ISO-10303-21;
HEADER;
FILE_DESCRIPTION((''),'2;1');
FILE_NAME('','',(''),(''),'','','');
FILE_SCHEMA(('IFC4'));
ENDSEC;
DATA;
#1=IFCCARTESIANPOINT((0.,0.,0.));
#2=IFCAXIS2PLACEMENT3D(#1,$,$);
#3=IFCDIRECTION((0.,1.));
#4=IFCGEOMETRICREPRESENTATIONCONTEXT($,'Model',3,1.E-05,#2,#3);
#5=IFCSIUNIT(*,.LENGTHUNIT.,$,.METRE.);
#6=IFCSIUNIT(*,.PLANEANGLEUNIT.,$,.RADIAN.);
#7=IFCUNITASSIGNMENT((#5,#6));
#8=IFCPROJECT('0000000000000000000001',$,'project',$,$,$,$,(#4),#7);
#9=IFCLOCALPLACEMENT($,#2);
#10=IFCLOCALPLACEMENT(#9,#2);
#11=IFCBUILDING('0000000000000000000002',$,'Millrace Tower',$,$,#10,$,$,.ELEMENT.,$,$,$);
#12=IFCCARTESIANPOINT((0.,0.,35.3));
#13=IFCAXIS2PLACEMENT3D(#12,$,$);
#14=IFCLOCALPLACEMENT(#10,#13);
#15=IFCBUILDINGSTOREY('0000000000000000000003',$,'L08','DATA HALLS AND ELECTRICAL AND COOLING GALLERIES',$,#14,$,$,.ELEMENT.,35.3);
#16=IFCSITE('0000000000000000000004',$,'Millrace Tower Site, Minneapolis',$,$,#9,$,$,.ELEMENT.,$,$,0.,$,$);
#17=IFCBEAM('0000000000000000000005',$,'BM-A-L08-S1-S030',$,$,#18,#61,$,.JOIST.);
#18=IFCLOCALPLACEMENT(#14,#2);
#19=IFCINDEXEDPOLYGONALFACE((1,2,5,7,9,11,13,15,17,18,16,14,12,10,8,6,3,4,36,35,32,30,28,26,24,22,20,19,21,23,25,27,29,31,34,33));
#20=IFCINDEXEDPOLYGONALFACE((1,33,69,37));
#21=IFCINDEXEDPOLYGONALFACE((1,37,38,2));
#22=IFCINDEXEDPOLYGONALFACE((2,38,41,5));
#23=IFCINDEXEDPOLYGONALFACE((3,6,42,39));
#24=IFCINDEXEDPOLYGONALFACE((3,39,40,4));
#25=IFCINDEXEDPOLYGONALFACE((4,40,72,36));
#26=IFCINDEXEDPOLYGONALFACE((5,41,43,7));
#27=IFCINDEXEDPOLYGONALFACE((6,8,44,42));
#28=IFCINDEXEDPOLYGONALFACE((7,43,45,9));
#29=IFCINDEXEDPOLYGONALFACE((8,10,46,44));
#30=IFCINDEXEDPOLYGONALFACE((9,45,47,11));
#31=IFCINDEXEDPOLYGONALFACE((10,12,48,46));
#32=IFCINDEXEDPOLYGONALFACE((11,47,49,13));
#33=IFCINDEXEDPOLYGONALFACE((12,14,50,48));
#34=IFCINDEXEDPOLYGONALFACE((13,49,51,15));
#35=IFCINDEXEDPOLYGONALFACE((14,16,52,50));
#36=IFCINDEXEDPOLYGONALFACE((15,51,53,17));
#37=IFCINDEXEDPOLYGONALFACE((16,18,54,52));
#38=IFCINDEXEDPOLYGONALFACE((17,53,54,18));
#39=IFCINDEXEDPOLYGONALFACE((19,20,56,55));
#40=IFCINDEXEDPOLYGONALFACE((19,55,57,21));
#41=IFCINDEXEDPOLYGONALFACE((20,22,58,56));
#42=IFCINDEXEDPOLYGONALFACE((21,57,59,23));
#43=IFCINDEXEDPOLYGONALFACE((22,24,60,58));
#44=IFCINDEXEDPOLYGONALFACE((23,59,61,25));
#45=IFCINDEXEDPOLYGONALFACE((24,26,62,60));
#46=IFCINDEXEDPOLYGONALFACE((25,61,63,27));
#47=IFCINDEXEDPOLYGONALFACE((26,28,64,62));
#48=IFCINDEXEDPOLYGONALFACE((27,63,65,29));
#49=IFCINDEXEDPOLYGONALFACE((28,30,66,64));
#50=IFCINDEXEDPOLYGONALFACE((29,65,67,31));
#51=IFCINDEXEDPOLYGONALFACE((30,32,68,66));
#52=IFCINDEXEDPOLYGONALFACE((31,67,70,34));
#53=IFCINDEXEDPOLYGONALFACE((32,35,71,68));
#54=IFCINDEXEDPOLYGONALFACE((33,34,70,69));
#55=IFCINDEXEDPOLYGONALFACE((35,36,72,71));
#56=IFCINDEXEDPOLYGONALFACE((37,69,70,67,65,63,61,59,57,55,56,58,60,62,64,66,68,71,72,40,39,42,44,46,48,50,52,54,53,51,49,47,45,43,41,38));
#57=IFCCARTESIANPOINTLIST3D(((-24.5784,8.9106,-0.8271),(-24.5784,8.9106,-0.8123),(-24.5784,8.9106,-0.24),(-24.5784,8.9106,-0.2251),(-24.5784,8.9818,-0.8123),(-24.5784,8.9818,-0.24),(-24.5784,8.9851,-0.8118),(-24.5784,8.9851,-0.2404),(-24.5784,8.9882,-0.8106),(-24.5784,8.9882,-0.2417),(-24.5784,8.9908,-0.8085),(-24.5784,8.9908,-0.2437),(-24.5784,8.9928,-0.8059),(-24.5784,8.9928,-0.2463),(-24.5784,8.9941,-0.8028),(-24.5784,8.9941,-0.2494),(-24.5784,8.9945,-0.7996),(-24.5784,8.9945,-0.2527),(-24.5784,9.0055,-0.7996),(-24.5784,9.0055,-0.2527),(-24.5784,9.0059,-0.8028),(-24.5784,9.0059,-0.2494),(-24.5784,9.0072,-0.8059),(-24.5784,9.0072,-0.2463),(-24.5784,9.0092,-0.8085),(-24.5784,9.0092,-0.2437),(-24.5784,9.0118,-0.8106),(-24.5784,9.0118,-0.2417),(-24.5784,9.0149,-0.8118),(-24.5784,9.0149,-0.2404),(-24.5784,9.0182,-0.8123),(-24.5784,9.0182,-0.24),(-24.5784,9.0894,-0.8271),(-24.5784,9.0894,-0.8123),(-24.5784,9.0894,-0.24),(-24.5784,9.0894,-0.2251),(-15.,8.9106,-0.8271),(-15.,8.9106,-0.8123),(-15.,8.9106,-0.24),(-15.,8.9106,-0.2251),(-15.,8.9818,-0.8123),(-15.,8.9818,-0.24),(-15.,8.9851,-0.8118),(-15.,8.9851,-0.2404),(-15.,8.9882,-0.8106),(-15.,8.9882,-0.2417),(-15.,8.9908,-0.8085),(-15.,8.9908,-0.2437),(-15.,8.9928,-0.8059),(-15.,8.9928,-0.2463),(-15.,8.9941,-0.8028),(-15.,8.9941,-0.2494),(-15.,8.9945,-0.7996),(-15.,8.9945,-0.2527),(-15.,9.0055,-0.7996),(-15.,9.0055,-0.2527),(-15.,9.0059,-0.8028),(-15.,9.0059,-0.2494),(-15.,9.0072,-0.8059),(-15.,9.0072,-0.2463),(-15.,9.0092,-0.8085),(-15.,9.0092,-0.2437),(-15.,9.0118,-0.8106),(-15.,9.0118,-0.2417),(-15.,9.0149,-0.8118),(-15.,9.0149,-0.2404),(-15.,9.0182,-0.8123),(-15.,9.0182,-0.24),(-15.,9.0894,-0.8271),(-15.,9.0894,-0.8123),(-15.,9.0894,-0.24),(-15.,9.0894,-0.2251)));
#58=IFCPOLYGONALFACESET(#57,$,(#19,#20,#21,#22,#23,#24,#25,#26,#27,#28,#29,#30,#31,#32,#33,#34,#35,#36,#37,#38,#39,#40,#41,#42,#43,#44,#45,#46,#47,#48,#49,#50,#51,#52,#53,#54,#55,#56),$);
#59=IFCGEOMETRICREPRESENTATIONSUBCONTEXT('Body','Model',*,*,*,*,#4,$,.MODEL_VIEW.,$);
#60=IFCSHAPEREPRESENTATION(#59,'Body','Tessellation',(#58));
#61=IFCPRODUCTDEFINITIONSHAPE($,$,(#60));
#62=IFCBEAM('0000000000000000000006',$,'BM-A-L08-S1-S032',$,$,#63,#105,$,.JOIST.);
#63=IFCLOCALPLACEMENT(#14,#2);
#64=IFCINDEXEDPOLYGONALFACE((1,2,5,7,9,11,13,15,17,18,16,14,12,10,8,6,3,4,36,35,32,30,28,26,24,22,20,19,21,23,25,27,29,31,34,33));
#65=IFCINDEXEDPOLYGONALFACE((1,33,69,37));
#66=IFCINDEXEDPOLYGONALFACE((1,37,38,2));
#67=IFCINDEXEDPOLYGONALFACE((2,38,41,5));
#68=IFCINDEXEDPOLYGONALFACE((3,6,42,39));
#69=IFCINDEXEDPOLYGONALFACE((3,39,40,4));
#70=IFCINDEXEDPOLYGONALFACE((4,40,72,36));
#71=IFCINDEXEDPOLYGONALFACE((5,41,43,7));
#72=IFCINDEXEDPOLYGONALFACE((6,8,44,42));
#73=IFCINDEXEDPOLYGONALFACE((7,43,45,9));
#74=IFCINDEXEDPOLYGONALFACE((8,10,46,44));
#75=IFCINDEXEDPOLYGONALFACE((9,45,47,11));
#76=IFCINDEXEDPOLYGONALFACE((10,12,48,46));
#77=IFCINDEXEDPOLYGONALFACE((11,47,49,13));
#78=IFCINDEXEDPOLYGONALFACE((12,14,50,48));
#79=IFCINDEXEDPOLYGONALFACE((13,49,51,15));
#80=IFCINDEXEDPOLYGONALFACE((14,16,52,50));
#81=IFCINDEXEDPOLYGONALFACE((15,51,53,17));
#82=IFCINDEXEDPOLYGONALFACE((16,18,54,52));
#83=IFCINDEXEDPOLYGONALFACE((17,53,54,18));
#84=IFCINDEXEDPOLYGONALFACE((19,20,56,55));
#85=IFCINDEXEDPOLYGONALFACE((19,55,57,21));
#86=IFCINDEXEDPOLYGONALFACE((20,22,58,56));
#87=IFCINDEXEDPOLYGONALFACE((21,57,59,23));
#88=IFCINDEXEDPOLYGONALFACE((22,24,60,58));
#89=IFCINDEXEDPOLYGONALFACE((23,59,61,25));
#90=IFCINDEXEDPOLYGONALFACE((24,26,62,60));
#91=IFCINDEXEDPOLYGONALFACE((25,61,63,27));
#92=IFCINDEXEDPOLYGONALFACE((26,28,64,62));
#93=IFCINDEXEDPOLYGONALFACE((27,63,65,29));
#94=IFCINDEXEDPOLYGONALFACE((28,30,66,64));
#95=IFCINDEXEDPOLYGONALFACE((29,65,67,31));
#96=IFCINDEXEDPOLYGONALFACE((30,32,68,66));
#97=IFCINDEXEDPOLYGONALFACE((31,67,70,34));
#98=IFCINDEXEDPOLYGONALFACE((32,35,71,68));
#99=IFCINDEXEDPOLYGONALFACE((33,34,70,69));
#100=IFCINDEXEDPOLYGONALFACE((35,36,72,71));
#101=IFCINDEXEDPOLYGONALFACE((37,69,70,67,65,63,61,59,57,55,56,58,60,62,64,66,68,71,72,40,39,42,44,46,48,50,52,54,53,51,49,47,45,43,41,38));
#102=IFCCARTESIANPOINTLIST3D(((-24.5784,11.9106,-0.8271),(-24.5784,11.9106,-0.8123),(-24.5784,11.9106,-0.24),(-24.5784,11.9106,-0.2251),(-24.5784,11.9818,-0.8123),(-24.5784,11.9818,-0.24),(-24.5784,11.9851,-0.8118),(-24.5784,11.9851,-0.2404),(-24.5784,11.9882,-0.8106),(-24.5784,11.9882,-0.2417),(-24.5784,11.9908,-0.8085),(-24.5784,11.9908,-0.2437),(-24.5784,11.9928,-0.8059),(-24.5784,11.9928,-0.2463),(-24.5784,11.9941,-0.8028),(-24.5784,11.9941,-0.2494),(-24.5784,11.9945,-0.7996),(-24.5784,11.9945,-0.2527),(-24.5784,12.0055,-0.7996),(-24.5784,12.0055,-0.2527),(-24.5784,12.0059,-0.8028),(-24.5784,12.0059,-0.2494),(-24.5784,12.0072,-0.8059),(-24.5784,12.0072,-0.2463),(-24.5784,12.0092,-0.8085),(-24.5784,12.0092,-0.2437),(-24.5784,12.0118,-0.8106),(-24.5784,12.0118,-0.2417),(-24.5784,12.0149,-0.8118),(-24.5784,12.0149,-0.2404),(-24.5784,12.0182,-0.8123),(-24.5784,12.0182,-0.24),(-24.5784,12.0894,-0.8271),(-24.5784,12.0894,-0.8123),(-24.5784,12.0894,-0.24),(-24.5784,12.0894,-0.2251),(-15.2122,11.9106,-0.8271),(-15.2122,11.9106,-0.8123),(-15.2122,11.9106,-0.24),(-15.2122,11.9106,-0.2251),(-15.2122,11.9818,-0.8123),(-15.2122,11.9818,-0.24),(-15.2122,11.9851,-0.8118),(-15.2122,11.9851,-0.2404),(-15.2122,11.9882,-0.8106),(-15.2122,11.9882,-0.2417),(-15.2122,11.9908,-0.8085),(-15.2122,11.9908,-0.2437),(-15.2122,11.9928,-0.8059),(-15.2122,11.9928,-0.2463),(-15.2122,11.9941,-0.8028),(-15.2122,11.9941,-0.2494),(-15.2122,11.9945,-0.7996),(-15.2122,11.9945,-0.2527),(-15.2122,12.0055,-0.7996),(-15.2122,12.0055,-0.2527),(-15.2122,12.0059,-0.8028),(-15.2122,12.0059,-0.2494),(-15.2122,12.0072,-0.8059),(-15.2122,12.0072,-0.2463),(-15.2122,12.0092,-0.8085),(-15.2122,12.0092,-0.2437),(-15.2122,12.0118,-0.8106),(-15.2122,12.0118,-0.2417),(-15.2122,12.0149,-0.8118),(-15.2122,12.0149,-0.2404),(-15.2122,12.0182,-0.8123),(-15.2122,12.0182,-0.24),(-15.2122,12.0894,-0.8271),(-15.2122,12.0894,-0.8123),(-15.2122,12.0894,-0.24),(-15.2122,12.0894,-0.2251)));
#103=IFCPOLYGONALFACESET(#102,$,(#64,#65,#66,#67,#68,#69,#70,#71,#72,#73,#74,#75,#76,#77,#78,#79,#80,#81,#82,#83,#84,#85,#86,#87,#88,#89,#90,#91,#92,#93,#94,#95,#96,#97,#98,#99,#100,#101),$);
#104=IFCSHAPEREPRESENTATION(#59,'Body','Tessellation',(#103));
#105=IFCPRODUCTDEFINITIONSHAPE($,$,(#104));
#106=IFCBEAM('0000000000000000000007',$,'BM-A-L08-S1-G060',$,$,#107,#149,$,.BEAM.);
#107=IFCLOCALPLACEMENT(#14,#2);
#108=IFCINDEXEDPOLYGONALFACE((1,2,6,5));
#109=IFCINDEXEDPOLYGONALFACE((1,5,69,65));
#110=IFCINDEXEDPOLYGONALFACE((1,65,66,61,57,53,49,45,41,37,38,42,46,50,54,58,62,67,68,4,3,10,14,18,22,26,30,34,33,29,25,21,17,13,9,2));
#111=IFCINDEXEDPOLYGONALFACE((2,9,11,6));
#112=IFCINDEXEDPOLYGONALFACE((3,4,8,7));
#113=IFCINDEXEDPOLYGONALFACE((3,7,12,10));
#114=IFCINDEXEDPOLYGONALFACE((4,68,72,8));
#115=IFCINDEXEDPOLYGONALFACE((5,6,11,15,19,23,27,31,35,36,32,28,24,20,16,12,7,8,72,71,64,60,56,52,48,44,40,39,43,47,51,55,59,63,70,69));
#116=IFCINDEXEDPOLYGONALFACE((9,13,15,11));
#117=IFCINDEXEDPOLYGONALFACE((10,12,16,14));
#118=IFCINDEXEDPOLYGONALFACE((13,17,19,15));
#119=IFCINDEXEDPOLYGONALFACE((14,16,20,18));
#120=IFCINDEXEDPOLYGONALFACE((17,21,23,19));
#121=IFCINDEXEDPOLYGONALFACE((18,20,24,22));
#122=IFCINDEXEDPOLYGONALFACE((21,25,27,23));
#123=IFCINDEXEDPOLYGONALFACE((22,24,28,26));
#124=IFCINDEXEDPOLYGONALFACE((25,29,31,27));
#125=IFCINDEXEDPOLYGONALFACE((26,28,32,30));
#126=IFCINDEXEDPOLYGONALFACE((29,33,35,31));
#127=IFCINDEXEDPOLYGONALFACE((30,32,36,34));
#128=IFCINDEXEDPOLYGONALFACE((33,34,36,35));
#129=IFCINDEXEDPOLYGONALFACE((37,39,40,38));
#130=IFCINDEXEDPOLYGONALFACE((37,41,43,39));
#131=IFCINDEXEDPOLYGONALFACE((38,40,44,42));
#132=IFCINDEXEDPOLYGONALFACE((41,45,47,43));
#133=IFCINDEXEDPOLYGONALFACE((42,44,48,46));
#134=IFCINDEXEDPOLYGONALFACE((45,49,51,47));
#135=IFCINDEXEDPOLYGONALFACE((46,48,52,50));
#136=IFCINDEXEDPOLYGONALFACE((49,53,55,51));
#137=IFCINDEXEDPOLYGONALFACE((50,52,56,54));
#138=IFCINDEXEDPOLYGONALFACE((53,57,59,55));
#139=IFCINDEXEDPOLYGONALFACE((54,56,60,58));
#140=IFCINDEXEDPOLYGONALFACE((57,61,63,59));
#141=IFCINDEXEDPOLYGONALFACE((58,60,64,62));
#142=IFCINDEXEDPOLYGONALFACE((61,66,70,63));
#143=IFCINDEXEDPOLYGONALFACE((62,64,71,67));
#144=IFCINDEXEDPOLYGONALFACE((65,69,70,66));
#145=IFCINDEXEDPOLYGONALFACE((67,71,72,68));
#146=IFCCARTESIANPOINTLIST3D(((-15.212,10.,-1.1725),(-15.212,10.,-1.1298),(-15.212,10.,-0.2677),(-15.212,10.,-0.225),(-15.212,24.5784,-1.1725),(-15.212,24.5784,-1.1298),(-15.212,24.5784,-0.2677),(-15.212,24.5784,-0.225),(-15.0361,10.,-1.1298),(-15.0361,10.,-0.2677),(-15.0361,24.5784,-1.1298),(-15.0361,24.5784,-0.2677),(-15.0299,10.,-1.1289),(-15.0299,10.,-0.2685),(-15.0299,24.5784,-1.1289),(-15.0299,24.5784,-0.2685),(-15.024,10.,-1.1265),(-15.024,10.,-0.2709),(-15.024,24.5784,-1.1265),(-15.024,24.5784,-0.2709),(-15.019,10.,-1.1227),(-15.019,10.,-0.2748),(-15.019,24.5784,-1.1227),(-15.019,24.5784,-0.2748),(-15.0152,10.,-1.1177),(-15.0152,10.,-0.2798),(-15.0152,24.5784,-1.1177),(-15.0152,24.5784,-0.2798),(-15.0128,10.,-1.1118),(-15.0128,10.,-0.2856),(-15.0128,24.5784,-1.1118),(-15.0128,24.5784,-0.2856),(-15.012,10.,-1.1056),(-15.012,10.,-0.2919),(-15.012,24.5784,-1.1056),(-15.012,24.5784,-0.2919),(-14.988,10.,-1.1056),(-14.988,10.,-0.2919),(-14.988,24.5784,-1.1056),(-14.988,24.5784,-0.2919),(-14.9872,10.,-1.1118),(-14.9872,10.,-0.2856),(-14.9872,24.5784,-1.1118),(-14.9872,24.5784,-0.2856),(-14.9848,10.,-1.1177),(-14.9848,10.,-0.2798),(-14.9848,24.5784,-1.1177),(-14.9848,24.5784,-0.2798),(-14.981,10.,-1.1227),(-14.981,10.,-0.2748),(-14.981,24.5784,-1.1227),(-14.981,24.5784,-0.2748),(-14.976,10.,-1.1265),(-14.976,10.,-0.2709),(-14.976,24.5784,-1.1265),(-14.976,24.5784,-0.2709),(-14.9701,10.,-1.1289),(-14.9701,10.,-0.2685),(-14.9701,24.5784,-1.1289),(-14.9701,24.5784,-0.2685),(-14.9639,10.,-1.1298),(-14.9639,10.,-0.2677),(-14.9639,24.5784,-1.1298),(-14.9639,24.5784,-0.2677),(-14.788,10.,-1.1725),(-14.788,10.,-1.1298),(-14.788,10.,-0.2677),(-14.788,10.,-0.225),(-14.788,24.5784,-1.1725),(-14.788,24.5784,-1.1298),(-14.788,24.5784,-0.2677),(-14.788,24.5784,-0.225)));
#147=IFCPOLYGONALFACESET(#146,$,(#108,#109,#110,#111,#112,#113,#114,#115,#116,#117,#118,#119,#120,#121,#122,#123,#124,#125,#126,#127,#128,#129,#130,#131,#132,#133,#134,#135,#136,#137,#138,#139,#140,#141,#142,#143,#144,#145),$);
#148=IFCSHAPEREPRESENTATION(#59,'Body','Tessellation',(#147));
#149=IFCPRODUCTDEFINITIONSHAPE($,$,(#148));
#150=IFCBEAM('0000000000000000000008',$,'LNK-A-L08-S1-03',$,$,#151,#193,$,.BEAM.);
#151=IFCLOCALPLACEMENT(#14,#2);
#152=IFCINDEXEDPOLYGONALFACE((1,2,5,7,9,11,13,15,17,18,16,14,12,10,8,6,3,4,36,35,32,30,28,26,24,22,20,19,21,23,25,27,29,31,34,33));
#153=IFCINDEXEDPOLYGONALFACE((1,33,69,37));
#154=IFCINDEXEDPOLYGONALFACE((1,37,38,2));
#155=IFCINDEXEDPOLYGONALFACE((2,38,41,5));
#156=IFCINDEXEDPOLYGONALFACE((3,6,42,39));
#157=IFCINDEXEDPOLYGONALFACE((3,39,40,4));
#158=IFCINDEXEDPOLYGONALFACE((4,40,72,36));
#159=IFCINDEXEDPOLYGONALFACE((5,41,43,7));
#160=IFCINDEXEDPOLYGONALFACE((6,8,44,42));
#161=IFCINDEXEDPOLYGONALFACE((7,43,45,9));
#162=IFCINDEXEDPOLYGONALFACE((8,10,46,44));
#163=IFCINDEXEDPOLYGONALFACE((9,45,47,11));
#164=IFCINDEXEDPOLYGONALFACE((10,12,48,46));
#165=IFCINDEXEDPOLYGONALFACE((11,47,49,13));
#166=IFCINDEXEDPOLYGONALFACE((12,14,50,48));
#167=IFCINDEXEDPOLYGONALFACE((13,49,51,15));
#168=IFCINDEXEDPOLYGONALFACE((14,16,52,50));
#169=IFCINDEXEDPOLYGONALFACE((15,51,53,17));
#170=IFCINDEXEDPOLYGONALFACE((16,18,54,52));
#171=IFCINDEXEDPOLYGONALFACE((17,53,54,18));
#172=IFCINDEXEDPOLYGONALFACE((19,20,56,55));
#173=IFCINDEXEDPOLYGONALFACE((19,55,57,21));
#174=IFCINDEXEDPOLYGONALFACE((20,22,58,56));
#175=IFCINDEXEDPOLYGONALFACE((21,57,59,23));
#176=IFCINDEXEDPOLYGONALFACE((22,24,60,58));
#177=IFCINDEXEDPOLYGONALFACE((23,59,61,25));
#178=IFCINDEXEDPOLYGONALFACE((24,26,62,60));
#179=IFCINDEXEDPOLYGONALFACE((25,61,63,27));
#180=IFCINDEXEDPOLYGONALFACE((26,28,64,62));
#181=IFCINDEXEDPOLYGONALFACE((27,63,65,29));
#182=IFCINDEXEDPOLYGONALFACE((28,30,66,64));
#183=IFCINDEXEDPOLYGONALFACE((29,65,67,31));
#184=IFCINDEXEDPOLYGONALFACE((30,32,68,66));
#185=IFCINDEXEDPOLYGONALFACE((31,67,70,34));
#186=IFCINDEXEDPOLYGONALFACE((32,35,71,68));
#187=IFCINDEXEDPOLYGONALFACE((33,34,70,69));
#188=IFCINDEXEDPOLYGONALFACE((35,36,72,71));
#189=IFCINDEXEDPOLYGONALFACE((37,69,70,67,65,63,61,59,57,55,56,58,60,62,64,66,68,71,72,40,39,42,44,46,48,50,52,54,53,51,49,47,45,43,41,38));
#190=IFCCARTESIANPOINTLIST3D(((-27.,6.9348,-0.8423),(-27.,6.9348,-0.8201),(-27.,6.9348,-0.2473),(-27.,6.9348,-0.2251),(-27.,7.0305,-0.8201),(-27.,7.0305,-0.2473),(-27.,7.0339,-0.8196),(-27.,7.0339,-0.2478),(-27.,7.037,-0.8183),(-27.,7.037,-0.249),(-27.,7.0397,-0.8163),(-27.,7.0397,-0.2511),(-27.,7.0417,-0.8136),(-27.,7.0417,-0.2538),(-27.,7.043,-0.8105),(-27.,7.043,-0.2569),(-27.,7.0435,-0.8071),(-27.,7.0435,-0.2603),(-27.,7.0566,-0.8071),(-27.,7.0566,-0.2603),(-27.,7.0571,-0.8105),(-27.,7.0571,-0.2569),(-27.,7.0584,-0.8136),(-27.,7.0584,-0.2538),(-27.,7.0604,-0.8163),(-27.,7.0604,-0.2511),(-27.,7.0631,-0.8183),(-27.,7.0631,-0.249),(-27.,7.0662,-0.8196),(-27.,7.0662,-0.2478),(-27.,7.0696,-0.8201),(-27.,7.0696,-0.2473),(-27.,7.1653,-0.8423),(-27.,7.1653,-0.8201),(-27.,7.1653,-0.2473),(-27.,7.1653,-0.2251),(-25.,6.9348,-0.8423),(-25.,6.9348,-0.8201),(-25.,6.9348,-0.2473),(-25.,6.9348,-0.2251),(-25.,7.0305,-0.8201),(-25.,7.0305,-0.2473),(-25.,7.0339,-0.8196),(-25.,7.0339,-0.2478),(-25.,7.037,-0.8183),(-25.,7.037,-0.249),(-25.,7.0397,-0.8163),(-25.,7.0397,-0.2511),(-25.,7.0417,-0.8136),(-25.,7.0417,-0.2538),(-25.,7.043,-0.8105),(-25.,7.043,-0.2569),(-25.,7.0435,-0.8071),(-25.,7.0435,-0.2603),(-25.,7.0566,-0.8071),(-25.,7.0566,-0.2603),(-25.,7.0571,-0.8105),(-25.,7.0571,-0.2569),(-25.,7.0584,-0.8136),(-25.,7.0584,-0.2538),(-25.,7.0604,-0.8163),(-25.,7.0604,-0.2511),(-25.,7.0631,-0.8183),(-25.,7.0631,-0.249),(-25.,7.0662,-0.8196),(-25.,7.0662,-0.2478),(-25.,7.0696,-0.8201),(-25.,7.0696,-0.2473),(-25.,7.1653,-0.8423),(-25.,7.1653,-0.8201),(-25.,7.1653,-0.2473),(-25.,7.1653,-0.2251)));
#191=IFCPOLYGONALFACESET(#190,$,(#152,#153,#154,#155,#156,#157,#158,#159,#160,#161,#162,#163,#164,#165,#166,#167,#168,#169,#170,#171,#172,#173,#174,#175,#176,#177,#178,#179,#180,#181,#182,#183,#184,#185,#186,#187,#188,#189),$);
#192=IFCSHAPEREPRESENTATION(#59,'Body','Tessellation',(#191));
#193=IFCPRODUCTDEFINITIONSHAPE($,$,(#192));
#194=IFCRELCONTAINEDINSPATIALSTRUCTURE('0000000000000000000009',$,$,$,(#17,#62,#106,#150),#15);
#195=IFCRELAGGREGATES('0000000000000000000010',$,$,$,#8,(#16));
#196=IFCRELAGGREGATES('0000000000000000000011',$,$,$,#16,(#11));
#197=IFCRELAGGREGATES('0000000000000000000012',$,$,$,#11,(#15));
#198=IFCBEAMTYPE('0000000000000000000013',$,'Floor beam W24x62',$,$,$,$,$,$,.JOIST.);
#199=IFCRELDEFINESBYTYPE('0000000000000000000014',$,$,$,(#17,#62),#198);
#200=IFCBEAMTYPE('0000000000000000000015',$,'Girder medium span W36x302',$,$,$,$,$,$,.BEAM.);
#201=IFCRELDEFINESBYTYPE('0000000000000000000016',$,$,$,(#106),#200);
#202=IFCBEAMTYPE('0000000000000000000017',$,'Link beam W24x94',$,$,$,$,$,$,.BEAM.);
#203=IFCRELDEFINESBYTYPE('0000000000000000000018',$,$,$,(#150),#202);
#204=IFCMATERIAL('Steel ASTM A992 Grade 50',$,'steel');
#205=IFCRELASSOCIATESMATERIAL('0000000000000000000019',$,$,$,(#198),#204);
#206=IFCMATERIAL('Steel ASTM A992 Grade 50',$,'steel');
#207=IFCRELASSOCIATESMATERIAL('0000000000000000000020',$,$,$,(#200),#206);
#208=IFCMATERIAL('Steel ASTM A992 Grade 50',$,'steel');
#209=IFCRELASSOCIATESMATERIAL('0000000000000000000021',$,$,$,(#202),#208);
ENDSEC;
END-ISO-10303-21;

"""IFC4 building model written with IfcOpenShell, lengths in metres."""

from ifc_helpers import new_model, si_unit, direction, frame, origin, origin_2d, place, context, subcontext, project, spatial, i_section, extrude, material, material_profile, profile_set, type_object, element, save


model = new_model("IFC4")

# Units and contexts
model_context = context("Model", 3, precision=1e-05, world=origin(), true_north=direction((0.0, 1.0)))
body_context = subcontext(model_context, "Body", "Model", "MODEL_VIEW")
ifc_project = project(units=[si_unit("LENGTHUNIT", "METRE"), si_unit("PLANEANGLEUNIT", "RADIAN")], contexts=[model_context])

# Site, building, storey
site_placement = place(None, origin())
site = spatial("IfcSite", under=ifc_project, at=site_placement, Name="Millrace Tower Site, Minneapolis", CompositionType="ELEMENT", RefElevation=0.0)
building_placement = place(site_placement, origin())
building = spatial("IfcBuilding", under=site, at=building_placement, Name="Millrace Tower", CompositionType="ELEMENT")
storey_placement = place(building_placement, frame((0.0, 0.0, 35.3)))
storey = spatial("IfcBuildingStorey", under=building, at=storey_placement, Name="L08", Description="DATA HALLS AND ELECTRICAL AND COOLING GALLERIES", CompositionType="ELEMENT", Elevation=35.3)

# Beams
ifc_material_1 = material(Name="Steel ASTM A992 Grade 50", Category="steel")
ifc_material_profile_1 = material_profile(ifc_material_1, i_section(OverallWidth=0.1787, OverallDepth=0.6021, WebThickness=0.011, FlangeThickness=0.0149, FilletRadius=0.0127, at=origin_2d()))
ifc_profile_set_1 = profile_set([ifc_material_profile_1], Name="Steel ASTM A992 Grade 50")
beam_type_1 = type_object("IfcBeamType", Name="Floor beam W24x62", PredefinedType="JOIST", material=ifc_profile_set_1)
for number, where, z_axis, x_axis, name in (
    (1, (-24.5784, 9.0, -0.5261), (1.0, 0.0, 0.0), (0.0, 1.0, 0.0), "BM-A-L08-S1-S030"),
):
    element("IfcBeam", number, at=place(storey_placement, frame(where, z_axis=z_axis, x_axis=x_axis)), inside=storey, type_object=beam_type_1, Name=name, PredefinedType="JOIST", context=body_context, shape_type="SweptSolid", body=[
        extrude(i_section(OverallWidth=0.1787, OverallDepth=0.6021, WebThickness=0.011, FlangeThickness=0.0149, FilletRadius=0.0127, at=origin_2d()), origin(), (0.0, 0.0, 1.0), 9.5784),
    ])
beam_1_placement = place(storey_placement, frame((-24.5784, 12.0, -0.5261), z_axis=(1.0, 0.0, 0.0), x_axis=(0.0, 1.0, 0.0)))
element("IfcBeam", 2, at=beam_1_placement, inside=storey, type_object=beam_type_1, Name="BM-A-L08-S1-S032", PredefinedType="JOIST", context=body_context, shape_type="SweptSolid", body=[
    extrude(i_section(OverallWidth=0.1787, OverallDepth=0.6021, WebThickness=0.011, FlangeThickness=0.0149, FilletRadius=0.0127, at=origin_2d()), origin(), (0.0, 0.0, 1.0), 9.3662),
])
ifc_material_2 = material(Name="Steel ASTM A992 Grade 50", Category="steel")
ifc_material_profile_2 = material_profile(ifc_material_2, i_section(OverallWidth=0.4241, OverallDepth=0.9475, WebThickness=0.0239, FlangeThickness=0.0427, FilletRadius=0.0242, at=origin_2d()))
ifc_profile_set_2 = profile_set([ifc_material_profile_2], Name="Steel ASTM A992 Grade 50")
beam_type_2 = type_object("IfcBeamType", Name="Girder medium span W36x302", PredefinedType="BEAM", material=ifc_profile_set_2)
beam_2_placement = place(storey_placement, frame((-15.0, 10.0, -0.6987), z_axis=(0.0, 1.0, 0.0), x_axis=(-1.0, 0.0, 0.0)))
element("IfcBeam", 3, at=beam_2_placement, inside=storey, type_object=beam_type_2, Name="BM-A-L08-S1-G060", PredefinedType="BEAM", context=body_context, shape_type="SweptSolid", body=[
    extrude(i_section(OverallWidth=0.4241, OverallDepth=0.9475, WebThickness=0.0239, FlangeThickness=0.0427, FilletRadius=0.0242, at=origin_2d()), origin(), (0.0, 0.0, 1.0), 14.5784),
])
ifc_material_3 = material(Name="Steel ASTM A992 Grade 50", Category="steel")
ifc_material_profile_3 = material_profile(ifc_material_3, i_section(OverallWidth=0.2305, OverallDepth=0.6172, WebThickness=0.0132, FlangeThickness=0.0222, FilletRadius=0.0129, at=origin_2d()))
ifc_profile_set_3 = profile_set([ifc_material_profile_3], Name="Steel ASTM A992 Grade 50")
beam_type_3 = type_object("IfcBeamType", Name="Link beam W24x94", PredefinedType="BEAM", material=ifc_profile_set_3)
beam_3_placement = place(storey_placement, frame((-25.0, 7.05, -0.5337), z_axis=(-1.0, 0.0, 0.0), x_axis=(0.0, -1.0, 0.0)))
element("IfcBeam", 4, at=beam_3_placement, inside=storey, type_object=beam_type_3, Name="LNK-A-L08-S1-03", PredefinedType="BEAM", context=body_context, shape_type="SweptSolid", body=[
    extrude(i_section(OverallWidth=0.2305, OverallDepth=0.6172, WebThickness=0.0132, FlangeThickness=0.0222, FilletRadius=0.0129, at=origin_2d()), origin(), (0.0, 0.0, 1.0), 2.0),
])

save(model, "model.ifc")
